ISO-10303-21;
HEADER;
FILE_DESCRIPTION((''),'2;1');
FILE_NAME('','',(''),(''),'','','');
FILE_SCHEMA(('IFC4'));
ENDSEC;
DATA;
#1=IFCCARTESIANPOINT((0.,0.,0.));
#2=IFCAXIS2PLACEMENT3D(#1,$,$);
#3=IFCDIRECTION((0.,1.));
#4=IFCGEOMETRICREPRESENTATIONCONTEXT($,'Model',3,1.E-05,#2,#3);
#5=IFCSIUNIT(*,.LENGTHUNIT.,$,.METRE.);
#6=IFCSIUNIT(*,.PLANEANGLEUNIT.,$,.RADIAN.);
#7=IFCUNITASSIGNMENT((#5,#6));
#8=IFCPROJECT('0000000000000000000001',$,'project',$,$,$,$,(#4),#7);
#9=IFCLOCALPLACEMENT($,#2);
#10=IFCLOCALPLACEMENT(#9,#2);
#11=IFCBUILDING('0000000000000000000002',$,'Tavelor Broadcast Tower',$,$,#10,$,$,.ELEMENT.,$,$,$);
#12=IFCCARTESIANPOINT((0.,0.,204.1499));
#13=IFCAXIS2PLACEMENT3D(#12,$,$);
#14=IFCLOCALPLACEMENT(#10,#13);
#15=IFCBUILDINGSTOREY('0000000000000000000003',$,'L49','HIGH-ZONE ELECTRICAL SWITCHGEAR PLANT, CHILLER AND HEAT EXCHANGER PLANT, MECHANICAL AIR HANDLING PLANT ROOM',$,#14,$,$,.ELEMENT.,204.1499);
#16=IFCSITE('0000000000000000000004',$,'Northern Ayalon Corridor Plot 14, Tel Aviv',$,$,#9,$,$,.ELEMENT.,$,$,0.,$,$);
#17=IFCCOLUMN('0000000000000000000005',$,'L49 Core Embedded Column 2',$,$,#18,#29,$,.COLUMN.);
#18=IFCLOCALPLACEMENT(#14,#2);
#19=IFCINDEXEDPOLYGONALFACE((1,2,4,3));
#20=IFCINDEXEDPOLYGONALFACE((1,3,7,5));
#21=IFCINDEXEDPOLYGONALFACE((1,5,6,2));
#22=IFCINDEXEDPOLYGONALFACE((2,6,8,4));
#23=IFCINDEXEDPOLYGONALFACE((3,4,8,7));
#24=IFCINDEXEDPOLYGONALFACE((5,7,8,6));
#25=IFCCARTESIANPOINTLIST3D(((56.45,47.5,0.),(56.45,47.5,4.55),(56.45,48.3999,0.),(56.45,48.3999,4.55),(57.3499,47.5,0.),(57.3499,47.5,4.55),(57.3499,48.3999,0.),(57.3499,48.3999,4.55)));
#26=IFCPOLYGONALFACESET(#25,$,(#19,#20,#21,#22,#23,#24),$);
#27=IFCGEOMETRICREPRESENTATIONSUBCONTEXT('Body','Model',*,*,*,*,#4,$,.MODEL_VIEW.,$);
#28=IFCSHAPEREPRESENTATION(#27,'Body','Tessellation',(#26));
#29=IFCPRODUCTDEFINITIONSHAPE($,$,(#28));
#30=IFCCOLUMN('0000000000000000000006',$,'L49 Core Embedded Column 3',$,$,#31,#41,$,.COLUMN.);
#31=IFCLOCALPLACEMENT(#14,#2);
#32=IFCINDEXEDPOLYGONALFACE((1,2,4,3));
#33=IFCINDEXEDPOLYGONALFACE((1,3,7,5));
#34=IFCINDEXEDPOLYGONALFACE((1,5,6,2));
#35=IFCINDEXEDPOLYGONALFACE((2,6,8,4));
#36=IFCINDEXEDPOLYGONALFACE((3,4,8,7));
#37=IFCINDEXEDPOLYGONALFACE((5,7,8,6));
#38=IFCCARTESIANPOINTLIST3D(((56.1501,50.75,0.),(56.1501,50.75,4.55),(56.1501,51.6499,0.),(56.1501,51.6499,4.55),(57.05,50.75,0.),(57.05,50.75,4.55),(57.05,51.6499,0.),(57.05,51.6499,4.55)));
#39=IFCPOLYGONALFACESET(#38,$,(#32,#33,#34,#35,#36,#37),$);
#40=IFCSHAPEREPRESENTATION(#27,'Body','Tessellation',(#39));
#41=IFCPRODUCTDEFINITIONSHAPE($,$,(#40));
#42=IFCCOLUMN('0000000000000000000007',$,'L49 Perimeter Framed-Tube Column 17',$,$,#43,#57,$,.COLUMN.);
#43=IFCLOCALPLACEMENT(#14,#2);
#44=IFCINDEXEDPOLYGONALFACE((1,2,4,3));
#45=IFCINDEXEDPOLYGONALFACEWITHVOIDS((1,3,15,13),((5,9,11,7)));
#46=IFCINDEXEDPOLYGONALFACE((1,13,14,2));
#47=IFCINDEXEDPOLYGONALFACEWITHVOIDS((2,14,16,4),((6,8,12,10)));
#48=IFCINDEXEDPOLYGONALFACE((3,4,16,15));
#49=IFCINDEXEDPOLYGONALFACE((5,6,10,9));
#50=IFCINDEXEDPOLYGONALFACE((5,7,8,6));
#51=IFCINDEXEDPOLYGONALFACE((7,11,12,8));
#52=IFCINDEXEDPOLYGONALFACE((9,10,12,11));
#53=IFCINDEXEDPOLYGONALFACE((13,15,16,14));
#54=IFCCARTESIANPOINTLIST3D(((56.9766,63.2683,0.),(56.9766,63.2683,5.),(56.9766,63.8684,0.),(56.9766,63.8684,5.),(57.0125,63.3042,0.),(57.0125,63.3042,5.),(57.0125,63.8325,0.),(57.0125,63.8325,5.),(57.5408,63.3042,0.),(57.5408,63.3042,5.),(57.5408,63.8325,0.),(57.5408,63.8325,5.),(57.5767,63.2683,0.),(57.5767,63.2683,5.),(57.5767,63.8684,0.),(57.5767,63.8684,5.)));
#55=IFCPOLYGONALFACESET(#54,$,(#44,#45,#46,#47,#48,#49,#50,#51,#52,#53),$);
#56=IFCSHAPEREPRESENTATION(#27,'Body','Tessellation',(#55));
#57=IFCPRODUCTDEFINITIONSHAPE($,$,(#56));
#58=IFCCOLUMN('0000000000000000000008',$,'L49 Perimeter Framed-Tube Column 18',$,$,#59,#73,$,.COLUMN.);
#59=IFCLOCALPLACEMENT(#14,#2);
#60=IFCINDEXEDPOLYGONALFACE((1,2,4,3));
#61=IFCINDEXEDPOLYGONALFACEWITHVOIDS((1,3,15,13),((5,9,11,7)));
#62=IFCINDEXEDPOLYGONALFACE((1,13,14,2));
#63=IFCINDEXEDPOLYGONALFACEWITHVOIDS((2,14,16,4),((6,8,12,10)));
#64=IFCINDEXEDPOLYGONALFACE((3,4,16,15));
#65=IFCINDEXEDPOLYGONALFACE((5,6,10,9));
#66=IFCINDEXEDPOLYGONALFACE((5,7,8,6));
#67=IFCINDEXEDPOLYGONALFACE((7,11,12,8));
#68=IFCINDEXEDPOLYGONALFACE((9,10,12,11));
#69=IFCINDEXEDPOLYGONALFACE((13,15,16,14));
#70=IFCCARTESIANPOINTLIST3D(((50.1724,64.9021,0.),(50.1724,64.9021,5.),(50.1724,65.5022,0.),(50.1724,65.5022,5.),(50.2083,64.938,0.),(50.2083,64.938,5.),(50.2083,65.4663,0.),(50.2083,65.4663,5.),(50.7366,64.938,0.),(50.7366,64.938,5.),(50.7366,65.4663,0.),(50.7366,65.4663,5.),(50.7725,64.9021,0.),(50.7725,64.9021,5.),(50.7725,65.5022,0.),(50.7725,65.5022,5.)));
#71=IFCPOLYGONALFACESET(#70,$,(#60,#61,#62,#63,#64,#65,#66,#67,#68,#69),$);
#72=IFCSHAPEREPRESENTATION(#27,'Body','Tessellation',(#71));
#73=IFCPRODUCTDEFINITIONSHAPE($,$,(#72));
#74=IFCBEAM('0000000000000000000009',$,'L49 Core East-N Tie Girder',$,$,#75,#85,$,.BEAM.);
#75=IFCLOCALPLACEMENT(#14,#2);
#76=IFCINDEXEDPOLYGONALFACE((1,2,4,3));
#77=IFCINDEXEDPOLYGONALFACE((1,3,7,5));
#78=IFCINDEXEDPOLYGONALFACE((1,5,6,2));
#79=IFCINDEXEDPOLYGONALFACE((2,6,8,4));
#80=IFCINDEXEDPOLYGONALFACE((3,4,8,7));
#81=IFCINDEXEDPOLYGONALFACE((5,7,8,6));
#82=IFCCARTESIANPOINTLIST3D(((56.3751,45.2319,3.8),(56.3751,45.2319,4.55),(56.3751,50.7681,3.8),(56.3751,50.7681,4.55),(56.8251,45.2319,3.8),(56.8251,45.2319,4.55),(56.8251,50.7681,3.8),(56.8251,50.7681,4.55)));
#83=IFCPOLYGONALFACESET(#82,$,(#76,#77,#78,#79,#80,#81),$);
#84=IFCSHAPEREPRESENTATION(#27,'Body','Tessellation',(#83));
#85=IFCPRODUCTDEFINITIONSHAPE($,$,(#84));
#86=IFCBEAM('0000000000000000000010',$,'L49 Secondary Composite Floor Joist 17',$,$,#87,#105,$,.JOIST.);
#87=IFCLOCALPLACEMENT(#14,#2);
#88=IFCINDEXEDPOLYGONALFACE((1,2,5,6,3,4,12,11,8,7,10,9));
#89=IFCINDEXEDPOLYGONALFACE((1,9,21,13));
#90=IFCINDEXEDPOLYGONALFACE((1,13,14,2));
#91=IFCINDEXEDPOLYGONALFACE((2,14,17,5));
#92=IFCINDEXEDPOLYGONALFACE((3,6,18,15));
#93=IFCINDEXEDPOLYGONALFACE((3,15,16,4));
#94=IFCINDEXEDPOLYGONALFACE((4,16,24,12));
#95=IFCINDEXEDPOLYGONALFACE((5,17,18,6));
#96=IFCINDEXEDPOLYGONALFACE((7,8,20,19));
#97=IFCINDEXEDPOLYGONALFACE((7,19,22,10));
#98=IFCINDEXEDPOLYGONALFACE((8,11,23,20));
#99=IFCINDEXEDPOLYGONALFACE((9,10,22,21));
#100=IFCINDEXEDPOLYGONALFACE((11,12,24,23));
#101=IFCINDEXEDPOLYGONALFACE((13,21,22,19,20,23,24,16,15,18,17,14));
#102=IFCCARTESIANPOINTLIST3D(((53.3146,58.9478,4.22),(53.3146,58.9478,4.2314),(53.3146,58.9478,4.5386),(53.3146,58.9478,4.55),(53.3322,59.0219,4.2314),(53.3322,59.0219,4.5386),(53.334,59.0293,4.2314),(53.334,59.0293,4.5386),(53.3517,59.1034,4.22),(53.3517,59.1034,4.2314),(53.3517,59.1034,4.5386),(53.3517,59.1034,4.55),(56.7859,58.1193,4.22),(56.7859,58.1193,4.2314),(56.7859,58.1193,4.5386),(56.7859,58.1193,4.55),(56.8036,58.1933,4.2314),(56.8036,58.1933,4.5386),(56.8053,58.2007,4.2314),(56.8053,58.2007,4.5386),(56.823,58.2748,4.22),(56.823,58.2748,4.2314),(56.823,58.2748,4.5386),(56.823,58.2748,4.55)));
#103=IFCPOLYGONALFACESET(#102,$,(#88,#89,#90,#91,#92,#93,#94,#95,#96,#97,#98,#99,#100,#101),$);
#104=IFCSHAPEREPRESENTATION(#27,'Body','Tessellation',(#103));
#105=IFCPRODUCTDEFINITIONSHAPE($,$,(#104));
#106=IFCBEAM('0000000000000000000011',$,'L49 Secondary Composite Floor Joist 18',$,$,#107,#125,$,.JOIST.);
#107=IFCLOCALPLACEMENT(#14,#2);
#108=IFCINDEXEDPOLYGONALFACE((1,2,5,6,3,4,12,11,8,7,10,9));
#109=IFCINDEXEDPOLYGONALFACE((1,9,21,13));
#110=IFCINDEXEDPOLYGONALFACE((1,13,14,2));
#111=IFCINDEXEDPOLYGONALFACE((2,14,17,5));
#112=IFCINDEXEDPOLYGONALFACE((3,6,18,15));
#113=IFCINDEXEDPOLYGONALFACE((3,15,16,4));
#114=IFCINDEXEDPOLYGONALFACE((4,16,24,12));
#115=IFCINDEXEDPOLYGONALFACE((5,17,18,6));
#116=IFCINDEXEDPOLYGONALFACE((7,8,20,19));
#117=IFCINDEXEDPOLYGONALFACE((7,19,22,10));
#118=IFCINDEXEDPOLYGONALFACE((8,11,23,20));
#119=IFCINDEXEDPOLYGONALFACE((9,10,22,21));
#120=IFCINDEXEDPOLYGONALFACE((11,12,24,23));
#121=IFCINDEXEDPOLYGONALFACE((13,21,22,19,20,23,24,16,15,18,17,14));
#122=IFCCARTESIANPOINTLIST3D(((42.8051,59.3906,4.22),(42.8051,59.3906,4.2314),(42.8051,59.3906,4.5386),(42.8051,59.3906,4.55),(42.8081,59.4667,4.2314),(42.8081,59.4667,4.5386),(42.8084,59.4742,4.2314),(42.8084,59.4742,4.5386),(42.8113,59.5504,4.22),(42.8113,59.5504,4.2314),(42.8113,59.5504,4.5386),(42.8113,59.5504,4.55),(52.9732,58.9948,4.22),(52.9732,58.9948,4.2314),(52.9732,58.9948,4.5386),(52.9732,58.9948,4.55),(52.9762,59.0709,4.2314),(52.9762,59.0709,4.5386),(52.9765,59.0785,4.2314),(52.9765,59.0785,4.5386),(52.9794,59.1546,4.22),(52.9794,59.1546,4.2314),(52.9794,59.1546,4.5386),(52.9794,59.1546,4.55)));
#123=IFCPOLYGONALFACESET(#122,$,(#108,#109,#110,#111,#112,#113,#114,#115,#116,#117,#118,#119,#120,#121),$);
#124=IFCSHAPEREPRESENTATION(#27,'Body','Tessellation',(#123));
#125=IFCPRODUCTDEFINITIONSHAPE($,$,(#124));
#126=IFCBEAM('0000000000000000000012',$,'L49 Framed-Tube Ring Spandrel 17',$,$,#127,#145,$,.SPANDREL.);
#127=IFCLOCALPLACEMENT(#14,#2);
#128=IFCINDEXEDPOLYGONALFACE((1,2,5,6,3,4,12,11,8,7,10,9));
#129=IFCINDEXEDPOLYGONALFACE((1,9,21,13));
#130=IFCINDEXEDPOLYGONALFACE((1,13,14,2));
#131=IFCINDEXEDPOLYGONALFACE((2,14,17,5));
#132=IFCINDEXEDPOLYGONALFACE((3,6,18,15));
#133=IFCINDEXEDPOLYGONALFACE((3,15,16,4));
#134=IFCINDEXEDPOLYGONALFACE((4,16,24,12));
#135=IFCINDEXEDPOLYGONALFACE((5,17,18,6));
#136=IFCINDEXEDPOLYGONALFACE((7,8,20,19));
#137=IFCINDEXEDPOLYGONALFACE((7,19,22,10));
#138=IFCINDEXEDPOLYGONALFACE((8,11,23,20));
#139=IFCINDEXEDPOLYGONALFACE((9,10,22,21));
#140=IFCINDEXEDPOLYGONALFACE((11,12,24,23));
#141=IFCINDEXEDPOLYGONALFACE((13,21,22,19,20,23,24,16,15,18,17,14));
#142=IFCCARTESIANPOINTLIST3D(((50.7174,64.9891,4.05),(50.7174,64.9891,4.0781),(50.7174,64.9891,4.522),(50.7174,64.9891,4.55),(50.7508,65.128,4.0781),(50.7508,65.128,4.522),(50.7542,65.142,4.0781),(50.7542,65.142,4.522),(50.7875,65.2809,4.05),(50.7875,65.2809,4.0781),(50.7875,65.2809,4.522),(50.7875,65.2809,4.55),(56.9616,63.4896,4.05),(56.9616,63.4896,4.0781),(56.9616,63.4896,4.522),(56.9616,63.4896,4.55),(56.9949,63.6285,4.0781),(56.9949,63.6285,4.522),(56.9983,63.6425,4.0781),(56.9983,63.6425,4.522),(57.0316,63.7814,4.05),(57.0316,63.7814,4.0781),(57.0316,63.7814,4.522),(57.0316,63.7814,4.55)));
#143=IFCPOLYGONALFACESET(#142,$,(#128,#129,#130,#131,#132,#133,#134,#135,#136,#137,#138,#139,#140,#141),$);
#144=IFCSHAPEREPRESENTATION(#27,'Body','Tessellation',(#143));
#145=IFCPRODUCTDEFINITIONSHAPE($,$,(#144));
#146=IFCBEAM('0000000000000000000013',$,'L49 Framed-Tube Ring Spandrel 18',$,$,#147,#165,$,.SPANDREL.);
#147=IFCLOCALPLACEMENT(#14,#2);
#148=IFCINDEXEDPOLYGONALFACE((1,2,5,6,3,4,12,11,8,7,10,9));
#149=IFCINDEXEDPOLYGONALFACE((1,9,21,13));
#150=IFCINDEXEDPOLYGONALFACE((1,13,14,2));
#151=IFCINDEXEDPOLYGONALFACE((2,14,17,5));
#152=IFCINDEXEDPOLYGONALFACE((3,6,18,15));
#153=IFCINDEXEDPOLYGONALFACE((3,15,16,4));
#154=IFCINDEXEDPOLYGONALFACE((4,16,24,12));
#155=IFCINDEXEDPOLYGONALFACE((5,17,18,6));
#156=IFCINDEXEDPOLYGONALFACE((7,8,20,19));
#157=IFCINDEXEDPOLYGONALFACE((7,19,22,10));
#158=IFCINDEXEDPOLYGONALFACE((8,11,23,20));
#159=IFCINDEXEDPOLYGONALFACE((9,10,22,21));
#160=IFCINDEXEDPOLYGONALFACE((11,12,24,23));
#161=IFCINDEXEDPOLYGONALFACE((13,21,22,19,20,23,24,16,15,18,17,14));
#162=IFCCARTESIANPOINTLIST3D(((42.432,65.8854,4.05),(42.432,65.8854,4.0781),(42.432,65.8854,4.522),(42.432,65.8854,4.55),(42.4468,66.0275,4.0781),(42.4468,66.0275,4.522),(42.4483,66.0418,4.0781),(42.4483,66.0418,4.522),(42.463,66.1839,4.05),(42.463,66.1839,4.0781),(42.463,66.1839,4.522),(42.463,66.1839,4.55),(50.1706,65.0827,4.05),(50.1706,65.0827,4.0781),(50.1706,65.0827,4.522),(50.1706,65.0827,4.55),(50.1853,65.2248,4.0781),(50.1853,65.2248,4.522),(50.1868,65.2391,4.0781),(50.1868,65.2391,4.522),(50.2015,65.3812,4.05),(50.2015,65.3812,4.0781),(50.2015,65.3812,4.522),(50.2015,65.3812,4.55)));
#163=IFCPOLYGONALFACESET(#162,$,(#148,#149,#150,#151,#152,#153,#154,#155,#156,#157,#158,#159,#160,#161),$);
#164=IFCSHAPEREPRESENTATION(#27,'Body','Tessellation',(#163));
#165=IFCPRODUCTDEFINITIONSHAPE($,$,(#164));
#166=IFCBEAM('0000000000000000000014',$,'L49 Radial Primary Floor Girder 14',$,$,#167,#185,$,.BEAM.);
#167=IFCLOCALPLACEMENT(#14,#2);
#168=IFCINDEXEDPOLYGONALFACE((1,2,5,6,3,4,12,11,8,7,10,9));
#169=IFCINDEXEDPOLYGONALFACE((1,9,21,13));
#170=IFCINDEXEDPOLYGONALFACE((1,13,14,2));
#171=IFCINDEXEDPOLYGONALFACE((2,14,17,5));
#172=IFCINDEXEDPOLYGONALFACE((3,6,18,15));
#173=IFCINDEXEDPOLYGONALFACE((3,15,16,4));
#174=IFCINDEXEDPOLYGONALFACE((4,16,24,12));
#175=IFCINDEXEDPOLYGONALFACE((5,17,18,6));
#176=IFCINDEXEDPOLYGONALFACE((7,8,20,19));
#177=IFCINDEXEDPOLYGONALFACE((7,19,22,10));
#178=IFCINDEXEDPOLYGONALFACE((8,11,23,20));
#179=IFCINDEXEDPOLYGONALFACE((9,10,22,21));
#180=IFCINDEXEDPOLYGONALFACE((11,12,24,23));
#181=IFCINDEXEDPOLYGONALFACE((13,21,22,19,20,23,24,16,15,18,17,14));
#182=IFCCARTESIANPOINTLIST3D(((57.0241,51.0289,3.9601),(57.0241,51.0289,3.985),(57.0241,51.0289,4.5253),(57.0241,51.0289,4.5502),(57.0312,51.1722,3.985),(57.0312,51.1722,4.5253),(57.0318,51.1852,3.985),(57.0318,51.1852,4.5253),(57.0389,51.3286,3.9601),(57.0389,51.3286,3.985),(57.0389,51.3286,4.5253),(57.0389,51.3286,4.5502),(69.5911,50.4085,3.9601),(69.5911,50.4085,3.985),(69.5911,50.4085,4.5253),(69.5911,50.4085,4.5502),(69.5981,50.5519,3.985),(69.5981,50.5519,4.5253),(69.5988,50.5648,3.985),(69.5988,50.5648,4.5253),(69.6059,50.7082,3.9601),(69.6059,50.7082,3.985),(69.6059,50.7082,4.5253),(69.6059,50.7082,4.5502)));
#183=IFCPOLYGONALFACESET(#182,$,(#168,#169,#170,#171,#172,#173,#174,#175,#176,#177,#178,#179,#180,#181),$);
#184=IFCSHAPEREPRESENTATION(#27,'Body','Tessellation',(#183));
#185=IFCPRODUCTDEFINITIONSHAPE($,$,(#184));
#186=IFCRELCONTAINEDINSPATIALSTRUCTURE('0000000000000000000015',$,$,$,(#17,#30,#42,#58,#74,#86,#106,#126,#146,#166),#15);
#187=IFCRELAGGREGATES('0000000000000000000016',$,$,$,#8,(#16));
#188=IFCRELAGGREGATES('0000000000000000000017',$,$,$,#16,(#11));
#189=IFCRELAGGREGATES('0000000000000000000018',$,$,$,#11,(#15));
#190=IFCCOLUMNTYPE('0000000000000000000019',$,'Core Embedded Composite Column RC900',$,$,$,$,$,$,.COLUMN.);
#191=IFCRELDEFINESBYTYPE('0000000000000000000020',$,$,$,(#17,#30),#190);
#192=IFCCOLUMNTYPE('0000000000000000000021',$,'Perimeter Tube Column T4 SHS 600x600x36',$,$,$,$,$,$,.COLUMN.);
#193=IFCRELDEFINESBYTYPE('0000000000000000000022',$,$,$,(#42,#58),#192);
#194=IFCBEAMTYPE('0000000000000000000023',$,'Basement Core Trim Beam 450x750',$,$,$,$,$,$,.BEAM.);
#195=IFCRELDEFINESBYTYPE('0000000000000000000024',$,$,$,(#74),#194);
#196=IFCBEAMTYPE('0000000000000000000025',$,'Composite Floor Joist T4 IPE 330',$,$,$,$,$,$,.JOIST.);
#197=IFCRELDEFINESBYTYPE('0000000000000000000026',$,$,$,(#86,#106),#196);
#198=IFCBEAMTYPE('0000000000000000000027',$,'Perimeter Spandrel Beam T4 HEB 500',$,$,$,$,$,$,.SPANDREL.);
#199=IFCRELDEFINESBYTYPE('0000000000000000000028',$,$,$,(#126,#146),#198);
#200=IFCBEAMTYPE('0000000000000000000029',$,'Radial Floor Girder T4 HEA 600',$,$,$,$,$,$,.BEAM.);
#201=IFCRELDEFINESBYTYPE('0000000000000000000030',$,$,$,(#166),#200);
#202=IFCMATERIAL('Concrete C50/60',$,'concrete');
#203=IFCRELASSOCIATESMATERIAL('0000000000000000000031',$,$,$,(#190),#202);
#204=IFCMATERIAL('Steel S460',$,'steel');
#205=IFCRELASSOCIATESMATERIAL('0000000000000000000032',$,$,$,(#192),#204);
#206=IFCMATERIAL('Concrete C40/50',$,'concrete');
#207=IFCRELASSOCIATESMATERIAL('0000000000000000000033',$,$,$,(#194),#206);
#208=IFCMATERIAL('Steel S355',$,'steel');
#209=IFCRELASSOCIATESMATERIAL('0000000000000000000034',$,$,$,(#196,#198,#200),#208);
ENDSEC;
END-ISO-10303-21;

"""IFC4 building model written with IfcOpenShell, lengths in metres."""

from ifc_helpers import new_model, si_unit, direction, frame, origin, origin_2d, place, context, subcontext, project, spatial, rectangle, hollow_rectangle, i_section, extrude, material, material_profile, profile_set, type_object, element, save


model = new_model("IFC4")

# Units and contexts
model_context = context("Model", 3, precision=1e-05, world=origin(), true_north=direction((0.0, 1.0)))
body_context = subcontext(model_context, "Body", "Model", "MODEL_VIEW")
ifc_project = project(units=[si_unit("LENGTHUNIT", "METRE"), si_unit("PLANEANGLEUNIT", "RADIAN")], contexts=[model_context])

# Site, building, storey
site_placement = place(None, origin())
site = spatial("IfcSite", under=ifc_project, at=site_placement, Name="Northern Ayalon Corridor Plot 14, Tel Aviv", CompositionType="ELEMENT", RefElevation=0.0)
building_placement = place(site_placement, origin())
building = spatial("IfcBuilding", under=site, at=building_placement, Name="Tavelor Broadcast Tower", CompositionType="ELEMENT")
storey_placement = place(building_placement, frame((0.0, 0.0, 204.1499)))
storey = spatial("IfcBuildingStorey", under=building, at=storey_placement, Name="L49", Description="HIGH-ZONE ELECTRICAL SWITCHGEAR PLANT, CHILLER AND HEAT EXCHANGER PLANT, MECHANICAL AIR HANDLING PLANT ROOM", CompositionType="ELEMENT", Elevation=204.1499)

# Columns
ifc_material_1 = material(Name="Concrete C50/60", Category="concrete")
ifc_material_profile_1 = material_profile(ifc_material_1, rectangle(XDim=0.8999, YDim=0.8999, at=origin_2d()), Name="RC 900x900")
ifc_profile_set_1 = profile_set([ifc_material_profile_1], Name="Concrete C50/60")
column_type_1 = type_object("IfcColumnType", Name="Core Embedded Composite Column RC900", PredefinedType="COLUMN", material=ifc_profile_set_1)
for number, where, z_axis, x_axis, name in (
    (1, (56.8999, 47.95, 0.0), (0.0, 0.0, 1.0), (1.0, 0.0, 0.0), "L49 Core Embedded Column 2"),
    (2, (56.6001, 51.2, 0.0), (0.0, 0.0, 1.0), (1.0, 0.0, 0.0), "L49 Core Embedded Column 3"),
):
    element("IfcColumn", number, at=place(storey_placement, frame(where, z_axis=z_axis, x_axis=x_axis)), inside=storey, type_object=column_type_1, Name=name, PredefinedType="COLUMN", context=body_context, shape_type="SweptSolid", body=[
        extrude(rectangle(XDim=0.8999, YDim=0.8999, at=origin_2d()), origin(), (0.0, 0.0, 1.0), 4.55),
    ])
ifc_material_2 = material(Name="Steel S460", Category="steel")
ifc_material_profile_2 = material_profile(ifc_material_2, hollow_rectangle(XDim=0.6001, YDim=0.6001, WallThickness=0.0359, at=origin_2d()), Name="SHS 600x600x36")
ifc_profile_set_2 = profile_set([ifc_material_profile_2], Name="Steel S460")
column_type_2 = type_object("IfcColumnType", Name="Perimeter Tube Column T4 SHS 600x600x36", PredefinedType="COLUMN", material=ifc_profile_set_2)
for number, where, z_axis, x_axis, name in (
    (3, (57.2766, 63.5684, 0.0), (0.0, 0.0, 1.0), (1.0, 0.0, 0.0), "L49 Perimeter Framed-Tube Column 17"),
    (4, (50.4724, 65.2021, 0.0), (0.0, 0.0, 1.0), (1.0, 0.0, 0.0), "L49 Perimeter Framed-Tube Column 18"),
):
    element("IfcColumn", number, at=place(storey_placement, frame(where, z_axis=z_axis, x_axis=x_axis)), inside=storey, type_object=column_type_2, Name=name, PredefinedType="COLUMN", context=body_context, shape_type="SweptSolid", body=[
        extrude(hollow_rectangle(XDim=0.6001, YDim=0.6001, WallThickness=0.0359, at=origin_2d()), origin(), (0.0, 0.0, 1.0), 5.0),
    ])

# Beams
ifc_material_3 = material(Name="Concrete C40/50", Category="concrete")
ifc_material_profile_3 = material_profile(ifc_material_3, rectangle(XDim=0.45, YDim=0.75, at=origin_2d()), Name="RC 450x750")
ifc_profile_set_3 = profile_set([ifc_material_profile_3], Name="Concrete C40/50")
beam_type_1 = type_object("IfcBeamType", Name="Basement Core Trim Beam 450x750", PredefinedType="BEAM", material=ifc_profile_set_3)
beam_1_placement = place(storey_placement, frame((56.6001, 45.2319, 4.175), z_axis=(0.0, 1.0, 0.0), x_axis=(-1.0, 0.0, 0.0)))
element("IfcBeam", 5, at=beam_1_placement, inside=storey, type_object=beam_type_1, Name="L49 Core East-N Tie Girder", PredefinedType="BEAM", context=body_context, shape_type="SweptSolid", body=[
    extrude(rectangle(XDim=0.45, YDim=0.75, at=origin_2d()), origin(), (0.0, 0.0, 1.0), 5.5361),
])
ifc_material_4 = material(Name="Steel S355", Category="steel")
ifc_material_profile_4 = material_profile(ifc_material_4, i_section(OverallWidth=0.1599, OverallDepth=0.3301, WebThickness=0.0076, FlangeThickness=0.0115, at=origin_2d()), Name="IPE 330")
ifc_profile_set_4 = profile_set([ifc_material_profile_4], Name="Steel S355")
beam_type_2 = type_object("IfcBeamType", Name="Composite Floor Joist T4 IPE 330", PredefinedType="JOIST", material=ifc_profile_set_4)
beam_2_placement = place(storey_placement, frame((56.8044, 58.197, 4.385), z_axis=(-0.972675, 0.232172, 0.0), x_axis=(-0.232172, -0.972675, 0.0)))
element("IfcBeam", 6, at=beam_2_placement, inside=storey, type_object=beam_type_2, Name="L49 Secondary Composite Floor Joist 17", PredefinedType="JOIST", context=body_context, shape_type="SweptSolid", body=[
    extrude(i_section(OverallWidth=0.1599, OverallDepth=0.3301, WebThickness=0.0076, FlangeThickness=0.0115, at=origin_2d()), origin(), (0.0, 0.0, 1.0), 3.5688),
])
beam_3_placement = place(storey_placement, frame((52.9763, 59.0747, 4.385), z_axis=(-0.999243, 0.038892, 0.0), x_axis=(-0.038892, -0.999243, 0.0)))
element("IfcBeam", 7, at=beam_3_placement, inside=storey, type_object=beam_type_2, Name="L49 Secondary Composite Floor Joist 18", PredefinedType="JOIST", context=body_context, shape_type="SweptSolid", body=[
    extrude(i_section(OverallWidth=0.1599, OverallDepth=0.3301, WebThickness=0.0076, FlangeThickness=0.0115, at=origin_2d()), origin(), (0.0, 0.0, 1.0), 10.1758),
])
ifc_material_profile_5 = material_profile(ifc_material_4, i_section(OverallWidth=0.3, OverallDepth=0.5, WebThickness=0.0144, FlangeThickness=0.0281, at=origin_2d()), Name="HEB 500")
ifc_profile_set_5 = profile_set([ifc_material_profile_5], Name="Steel S355")
beam_type_3 = type_object("IfcBeamType", Name="Perimeter Spandrel Beam T4 HEB 500", PredefinedType="SPANDREL", material=ifc_profile_set_5)
beam_4_placement = place(storey_placement, frame((56.9966, 63.6355, 4.3), z_axis=(-0.972355, 0.233508, 0.0), x_axis=(-0.233508, -0.972355, 0.0)))
element("IfcBeam", 8, at=beam_4_placement, inside=storey, type_object=beam_type_3, Name="L49 Framed-Tube Ring Spandrel 17", PredefinedType="SPANDREL", context=body_context, shape_type="SweptSolid", body=[
    extrude(i_section(OverallWidth=0.3, OverallDepth=0.5, WebThickness=0.0144, FlangeThickness=0.0281, at=origin_2d()), origin(), (0.0, 0.0, 1.0), 6.4216),
])
beam_5_placement = place(storey_placement, frame((50.186, 65.2319, 4.3), z_axis=(-0.994663, 0.103179, 0.0), x_axis=(-0.103179, -0.994663, 0.0)))
element("IfcBeam", 9, at=beam_5_placement, inside=storey, type_object=beam_type_3, Name="L49 Framed-Tube Ring Spandrel 18", PredefinedType="SPANDREL", context=body_context, shape_type="SweptSolid", body=[
    extrude(i_section(OverallWidth=0.3, OverallDepth=0.5, WebThickness=0.0144, FlangeThickness=0.0281, at=origin_2d()), origin(), (0.0, 0.0, 1.0), 7.78),
])
ifc_material_profile_6 = material_profile(ifc_material_4, i_section(OverallWidth=0.3, OverallDepth=0.5901, WebThickness=0.0129, FlangeThickness=0.0249, at=origin_2d()), Name="HEA 600")
ifc_profile_set_6 = profile_set([ifc_material_profile_6], Name="Steel S355")
beam_type_4 = type_object("IfcBeamType", Name="Radial Floor Girder T4 HEA 600", PredefinedType="BEAM", material=ifc_profile_set_6)
beam_6_placement = place(storey_placement, frame((57.0315, 51.1787, 4.2551), z_axis=(0.998784, -0.049305, 0.0), x_axis=(0.049305, 0.998784, 0.0)))
element("IfcBeam", 10, at=beam_6_placement, inside=storey, type_object=beam_type_4, Name="L49 Radial Primary Floor Girder 14", PredefinedType="BEAM", context=body_context, shape_type="SweptSolid", body=[
    extrude(i_section(OverallWidth=0.3, OverallDepth=0.5901, WebThickness=0.0129, FlangeThickness=0.0249, at=origin_2d()), origin(), (0.0, 0.0, 1.0), 12.5823),
])

save(model, "model.ifc")
